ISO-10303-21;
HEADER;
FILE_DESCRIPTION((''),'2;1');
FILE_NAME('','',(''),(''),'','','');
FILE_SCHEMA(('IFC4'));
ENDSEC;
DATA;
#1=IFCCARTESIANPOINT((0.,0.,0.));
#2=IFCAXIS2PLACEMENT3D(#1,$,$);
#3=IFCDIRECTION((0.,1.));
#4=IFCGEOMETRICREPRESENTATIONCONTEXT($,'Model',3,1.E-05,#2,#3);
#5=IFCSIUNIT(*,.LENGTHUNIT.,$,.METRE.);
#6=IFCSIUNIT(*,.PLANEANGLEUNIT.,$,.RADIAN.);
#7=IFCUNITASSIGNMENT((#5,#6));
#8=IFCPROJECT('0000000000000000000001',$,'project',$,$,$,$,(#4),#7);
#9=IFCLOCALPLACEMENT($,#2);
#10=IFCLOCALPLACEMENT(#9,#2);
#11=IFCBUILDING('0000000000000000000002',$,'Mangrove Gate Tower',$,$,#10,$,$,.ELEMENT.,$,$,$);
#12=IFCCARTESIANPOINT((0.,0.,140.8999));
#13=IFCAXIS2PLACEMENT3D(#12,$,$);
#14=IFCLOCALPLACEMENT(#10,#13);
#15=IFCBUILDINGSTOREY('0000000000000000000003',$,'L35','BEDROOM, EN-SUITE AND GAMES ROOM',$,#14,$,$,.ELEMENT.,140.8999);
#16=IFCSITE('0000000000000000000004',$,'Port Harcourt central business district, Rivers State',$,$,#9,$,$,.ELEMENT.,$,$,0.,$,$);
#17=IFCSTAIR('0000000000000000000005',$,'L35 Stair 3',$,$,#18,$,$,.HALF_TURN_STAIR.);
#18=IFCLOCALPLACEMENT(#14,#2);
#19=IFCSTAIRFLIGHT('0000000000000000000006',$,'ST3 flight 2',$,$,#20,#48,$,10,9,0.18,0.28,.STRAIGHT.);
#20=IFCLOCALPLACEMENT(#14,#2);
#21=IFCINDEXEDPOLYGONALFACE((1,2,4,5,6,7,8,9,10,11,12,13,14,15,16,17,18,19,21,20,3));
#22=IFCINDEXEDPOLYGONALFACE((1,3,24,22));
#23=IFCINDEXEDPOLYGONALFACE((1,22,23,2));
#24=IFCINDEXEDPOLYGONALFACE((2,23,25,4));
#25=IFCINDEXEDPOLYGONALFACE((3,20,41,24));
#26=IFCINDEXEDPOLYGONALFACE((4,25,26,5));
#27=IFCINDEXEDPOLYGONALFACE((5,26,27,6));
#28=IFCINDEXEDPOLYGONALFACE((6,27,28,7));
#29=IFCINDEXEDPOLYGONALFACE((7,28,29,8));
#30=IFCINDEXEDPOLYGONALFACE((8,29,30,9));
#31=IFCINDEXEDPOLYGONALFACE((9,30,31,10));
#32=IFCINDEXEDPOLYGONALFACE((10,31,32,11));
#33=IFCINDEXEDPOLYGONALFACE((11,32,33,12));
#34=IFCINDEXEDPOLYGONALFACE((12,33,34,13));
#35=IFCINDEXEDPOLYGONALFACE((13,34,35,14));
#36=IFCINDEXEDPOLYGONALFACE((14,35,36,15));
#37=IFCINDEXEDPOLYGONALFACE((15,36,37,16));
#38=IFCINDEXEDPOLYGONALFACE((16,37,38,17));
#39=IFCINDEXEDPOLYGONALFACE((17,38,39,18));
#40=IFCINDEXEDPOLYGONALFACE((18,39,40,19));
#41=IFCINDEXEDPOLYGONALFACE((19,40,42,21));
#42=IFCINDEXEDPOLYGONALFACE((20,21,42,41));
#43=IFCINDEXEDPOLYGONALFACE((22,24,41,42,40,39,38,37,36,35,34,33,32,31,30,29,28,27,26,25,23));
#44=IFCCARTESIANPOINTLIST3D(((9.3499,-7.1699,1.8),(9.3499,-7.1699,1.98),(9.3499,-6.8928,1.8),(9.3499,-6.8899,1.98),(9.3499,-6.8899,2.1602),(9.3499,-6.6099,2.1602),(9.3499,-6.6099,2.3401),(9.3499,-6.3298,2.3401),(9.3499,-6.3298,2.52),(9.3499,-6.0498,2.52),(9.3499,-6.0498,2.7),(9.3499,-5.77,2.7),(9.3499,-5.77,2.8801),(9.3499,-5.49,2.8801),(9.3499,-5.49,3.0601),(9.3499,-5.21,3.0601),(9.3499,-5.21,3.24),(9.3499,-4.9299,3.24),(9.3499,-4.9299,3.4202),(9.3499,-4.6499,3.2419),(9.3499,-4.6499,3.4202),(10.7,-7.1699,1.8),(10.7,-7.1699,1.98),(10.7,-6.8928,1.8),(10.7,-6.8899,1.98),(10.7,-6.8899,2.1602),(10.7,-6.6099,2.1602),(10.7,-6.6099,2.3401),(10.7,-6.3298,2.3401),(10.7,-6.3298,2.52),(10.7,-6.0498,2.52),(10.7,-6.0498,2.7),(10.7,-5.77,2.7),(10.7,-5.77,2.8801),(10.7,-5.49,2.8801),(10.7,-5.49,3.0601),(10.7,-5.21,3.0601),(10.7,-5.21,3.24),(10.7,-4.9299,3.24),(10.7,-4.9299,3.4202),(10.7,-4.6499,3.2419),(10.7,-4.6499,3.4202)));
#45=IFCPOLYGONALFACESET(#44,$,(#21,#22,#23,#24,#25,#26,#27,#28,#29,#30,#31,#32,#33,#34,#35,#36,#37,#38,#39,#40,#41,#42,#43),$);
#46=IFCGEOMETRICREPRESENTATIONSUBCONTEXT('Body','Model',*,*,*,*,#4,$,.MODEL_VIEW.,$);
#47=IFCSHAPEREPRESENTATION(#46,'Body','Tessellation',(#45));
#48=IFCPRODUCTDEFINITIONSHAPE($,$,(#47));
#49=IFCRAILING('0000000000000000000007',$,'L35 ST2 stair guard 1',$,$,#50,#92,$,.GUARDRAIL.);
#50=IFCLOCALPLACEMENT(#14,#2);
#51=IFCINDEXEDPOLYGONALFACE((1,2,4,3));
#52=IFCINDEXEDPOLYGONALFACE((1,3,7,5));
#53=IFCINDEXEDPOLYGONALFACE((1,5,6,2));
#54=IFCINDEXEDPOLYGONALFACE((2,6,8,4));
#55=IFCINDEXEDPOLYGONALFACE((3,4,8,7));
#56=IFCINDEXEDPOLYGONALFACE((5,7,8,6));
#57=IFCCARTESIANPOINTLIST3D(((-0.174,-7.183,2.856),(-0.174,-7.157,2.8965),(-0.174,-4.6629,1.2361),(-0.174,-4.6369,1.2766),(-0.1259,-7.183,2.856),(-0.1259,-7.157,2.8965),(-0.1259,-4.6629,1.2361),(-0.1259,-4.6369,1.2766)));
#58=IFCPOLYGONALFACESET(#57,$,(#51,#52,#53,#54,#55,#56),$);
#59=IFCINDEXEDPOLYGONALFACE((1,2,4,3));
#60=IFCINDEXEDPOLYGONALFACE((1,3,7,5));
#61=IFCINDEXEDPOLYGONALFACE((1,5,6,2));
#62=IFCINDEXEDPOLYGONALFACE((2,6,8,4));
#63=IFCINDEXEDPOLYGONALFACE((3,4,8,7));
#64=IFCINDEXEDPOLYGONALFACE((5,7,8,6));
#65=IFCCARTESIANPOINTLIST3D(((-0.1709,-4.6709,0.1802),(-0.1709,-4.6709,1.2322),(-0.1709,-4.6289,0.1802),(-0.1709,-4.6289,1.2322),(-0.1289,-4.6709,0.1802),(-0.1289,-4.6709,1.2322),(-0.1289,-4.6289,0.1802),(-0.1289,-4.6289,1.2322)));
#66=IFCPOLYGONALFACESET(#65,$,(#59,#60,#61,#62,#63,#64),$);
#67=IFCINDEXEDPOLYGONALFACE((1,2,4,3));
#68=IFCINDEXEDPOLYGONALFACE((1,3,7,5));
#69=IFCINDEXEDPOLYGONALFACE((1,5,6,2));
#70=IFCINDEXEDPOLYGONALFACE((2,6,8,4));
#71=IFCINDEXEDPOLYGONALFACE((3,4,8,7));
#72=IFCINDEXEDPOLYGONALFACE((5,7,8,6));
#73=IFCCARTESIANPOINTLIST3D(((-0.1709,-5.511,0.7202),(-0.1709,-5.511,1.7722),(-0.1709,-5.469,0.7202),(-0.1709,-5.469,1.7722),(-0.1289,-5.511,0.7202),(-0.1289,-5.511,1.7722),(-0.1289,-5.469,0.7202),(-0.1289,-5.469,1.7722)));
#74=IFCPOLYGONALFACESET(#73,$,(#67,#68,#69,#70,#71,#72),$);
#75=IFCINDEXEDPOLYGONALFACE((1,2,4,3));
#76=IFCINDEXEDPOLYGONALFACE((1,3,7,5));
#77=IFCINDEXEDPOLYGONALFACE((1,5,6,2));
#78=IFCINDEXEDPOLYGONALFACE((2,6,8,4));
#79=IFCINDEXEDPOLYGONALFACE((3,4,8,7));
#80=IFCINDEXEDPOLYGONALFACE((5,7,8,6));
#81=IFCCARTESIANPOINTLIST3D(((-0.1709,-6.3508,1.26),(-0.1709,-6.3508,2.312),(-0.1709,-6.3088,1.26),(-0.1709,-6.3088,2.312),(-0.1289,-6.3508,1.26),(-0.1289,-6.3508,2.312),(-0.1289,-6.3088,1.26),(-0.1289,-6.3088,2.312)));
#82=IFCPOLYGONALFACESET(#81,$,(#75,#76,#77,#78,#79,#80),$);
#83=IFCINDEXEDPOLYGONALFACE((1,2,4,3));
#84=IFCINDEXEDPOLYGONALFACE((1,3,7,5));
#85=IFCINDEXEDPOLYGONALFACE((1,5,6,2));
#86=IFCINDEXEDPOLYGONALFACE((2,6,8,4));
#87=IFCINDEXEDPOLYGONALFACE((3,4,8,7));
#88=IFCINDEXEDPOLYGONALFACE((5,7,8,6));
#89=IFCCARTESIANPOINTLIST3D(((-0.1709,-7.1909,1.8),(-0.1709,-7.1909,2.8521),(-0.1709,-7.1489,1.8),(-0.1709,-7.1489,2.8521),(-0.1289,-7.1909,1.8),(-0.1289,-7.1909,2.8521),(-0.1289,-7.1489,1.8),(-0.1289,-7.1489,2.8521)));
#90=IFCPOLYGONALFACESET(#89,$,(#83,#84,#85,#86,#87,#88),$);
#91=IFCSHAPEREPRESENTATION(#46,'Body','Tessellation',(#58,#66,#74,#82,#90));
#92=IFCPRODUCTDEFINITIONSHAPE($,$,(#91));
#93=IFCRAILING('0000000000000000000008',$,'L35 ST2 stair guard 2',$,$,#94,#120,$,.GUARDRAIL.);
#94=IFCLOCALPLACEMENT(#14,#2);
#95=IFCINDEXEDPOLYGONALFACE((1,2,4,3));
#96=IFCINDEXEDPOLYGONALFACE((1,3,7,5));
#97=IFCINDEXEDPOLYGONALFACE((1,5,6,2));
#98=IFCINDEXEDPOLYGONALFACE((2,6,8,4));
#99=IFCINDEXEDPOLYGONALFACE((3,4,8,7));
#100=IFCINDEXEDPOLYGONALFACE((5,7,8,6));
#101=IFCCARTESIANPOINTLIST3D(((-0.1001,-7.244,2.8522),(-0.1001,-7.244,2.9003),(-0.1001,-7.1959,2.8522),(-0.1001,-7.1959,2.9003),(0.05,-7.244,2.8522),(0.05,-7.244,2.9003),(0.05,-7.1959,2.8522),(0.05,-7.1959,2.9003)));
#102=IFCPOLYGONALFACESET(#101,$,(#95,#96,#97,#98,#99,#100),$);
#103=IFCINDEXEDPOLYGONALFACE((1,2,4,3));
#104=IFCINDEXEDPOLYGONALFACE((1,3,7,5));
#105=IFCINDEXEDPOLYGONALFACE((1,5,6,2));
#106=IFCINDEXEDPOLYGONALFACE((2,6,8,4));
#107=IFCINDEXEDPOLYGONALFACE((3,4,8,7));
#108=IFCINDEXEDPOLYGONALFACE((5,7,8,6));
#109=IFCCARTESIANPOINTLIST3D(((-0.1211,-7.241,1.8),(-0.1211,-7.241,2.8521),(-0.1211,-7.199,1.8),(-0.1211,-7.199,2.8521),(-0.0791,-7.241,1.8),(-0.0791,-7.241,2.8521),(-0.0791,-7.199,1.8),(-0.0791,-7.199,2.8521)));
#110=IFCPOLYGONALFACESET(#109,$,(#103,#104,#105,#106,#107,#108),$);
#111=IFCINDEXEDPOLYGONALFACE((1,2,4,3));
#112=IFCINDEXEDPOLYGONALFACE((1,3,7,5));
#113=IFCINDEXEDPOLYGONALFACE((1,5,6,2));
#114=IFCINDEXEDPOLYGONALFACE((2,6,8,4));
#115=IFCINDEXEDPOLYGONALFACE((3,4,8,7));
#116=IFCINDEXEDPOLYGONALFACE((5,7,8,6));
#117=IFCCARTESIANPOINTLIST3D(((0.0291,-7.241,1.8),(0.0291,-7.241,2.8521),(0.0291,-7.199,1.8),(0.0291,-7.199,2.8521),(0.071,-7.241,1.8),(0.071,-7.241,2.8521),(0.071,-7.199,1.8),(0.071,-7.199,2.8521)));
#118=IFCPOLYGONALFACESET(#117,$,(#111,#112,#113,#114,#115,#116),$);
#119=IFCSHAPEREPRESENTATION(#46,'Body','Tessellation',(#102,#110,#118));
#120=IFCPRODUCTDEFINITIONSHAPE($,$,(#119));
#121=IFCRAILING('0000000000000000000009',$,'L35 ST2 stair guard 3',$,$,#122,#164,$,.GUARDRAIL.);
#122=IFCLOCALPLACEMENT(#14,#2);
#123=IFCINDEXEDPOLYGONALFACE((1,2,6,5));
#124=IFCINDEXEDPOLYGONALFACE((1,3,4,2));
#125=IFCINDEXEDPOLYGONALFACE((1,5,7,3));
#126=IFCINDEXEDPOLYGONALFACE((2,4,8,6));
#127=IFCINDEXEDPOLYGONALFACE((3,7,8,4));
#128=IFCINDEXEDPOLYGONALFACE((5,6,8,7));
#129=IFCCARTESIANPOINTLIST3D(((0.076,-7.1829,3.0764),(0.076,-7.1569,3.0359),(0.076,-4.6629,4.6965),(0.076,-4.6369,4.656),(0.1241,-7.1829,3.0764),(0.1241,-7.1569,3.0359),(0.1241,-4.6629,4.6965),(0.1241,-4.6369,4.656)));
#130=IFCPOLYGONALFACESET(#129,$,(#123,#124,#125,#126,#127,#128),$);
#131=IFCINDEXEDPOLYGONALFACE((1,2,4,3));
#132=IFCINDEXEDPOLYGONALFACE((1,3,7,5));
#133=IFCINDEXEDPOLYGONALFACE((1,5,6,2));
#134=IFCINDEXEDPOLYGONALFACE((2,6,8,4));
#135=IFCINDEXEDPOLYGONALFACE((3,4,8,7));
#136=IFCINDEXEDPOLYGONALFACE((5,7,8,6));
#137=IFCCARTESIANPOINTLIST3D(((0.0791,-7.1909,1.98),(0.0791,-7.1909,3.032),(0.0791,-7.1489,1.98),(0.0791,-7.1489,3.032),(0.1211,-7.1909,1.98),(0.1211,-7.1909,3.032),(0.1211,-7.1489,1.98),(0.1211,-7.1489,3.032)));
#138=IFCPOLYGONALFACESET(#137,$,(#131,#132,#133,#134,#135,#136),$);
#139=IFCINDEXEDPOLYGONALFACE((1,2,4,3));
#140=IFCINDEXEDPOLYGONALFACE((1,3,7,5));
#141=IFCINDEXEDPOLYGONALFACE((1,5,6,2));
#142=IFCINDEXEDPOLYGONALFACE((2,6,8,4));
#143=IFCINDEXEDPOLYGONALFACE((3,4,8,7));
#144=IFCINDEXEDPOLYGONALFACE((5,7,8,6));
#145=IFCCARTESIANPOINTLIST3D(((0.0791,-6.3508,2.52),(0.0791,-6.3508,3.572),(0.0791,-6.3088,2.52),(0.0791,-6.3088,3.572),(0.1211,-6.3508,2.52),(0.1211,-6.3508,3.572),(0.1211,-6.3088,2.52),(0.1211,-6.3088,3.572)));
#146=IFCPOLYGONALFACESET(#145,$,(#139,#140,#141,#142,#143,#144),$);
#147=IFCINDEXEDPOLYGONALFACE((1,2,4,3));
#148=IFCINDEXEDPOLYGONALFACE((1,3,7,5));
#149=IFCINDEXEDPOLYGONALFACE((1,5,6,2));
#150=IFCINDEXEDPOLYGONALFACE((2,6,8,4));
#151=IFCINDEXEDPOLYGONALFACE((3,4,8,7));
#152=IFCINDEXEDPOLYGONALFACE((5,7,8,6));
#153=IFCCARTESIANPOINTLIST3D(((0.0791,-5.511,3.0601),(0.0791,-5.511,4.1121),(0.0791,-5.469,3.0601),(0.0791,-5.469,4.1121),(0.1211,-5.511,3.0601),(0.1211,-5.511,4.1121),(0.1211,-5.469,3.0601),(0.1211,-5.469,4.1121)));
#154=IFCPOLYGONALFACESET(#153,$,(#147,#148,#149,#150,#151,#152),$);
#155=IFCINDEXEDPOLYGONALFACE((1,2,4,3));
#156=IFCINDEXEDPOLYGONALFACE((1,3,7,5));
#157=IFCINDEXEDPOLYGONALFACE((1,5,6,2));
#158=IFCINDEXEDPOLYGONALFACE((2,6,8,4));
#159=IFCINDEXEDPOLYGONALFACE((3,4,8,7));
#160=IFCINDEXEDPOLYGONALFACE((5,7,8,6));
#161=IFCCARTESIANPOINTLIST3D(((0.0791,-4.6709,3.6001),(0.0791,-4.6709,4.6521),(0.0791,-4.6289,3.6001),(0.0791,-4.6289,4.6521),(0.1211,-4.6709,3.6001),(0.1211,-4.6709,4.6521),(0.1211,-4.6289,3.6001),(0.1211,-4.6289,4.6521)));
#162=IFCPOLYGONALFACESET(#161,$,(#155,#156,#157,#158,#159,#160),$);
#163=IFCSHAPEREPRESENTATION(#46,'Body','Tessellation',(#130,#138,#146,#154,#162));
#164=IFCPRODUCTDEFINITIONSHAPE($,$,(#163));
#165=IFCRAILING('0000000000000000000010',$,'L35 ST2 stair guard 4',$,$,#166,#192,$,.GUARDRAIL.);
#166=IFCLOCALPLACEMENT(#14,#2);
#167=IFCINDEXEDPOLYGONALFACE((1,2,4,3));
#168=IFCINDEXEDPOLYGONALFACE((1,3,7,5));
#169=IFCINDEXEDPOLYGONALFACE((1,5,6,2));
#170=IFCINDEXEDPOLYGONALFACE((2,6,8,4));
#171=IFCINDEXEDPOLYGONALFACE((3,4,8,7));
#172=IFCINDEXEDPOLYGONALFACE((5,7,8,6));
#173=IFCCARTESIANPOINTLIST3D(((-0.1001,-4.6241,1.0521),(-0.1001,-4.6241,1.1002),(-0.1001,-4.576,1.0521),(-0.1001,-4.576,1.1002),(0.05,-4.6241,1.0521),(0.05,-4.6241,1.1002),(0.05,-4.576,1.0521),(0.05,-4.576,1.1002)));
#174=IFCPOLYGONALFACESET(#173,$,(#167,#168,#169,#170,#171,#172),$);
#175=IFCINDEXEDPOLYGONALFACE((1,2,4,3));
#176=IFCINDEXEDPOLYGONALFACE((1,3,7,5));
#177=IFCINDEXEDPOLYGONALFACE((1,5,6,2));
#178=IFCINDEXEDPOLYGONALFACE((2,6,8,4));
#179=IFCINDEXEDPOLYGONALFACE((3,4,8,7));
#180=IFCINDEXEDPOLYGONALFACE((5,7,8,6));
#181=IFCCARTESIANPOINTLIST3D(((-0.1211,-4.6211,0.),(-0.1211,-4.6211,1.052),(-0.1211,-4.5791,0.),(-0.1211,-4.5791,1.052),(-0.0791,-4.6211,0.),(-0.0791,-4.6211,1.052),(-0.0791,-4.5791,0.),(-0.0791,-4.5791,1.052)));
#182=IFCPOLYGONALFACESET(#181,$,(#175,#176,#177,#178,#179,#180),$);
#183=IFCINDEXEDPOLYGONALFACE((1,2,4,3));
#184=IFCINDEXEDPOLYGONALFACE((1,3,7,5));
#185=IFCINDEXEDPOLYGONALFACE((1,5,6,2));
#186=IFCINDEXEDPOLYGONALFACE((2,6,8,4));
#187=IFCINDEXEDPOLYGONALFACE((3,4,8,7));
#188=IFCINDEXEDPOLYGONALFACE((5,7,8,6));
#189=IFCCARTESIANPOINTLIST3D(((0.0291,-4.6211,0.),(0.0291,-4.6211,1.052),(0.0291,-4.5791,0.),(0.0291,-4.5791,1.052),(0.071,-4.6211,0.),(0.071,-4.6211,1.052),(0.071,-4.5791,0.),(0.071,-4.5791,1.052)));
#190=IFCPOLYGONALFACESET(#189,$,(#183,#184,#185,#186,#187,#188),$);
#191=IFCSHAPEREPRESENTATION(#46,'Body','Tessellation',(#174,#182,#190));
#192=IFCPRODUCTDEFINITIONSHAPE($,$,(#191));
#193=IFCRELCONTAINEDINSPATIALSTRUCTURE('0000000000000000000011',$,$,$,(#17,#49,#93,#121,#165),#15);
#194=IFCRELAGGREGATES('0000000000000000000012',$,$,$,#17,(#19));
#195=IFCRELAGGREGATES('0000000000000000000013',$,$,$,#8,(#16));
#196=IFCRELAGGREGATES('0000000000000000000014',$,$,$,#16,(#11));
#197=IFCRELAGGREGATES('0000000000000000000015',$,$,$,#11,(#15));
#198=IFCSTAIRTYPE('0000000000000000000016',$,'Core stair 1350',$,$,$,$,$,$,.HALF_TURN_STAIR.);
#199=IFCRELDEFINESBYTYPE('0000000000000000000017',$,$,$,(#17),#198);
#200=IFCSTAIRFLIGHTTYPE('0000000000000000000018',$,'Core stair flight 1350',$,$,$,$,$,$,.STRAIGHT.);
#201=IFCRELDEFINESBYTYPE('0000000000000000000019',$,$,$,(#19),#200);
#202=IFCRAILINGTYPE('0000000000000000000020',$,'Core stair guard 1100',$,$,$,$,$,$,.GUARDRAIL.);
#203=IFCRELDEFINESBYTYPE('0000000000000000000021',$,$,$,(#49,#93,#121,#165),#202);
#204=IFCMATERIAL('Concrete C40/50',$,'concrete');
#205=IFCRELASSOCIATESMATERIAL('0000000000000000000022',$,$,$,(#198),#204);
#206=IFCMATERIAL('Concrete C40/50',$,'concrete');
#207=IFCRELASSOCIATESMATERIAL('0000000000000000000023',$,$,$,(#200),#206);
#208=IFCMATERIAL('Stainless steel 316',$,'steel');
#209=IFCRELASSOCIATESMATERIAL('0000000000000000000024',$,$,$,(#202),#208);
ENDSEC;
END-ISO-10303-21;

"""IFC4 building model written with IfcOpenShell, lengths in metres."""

from ifc_helpers import new_model, si_unit, direction, frame, origin, origin_2d, place, context, subcontext, project, spatial, polyline, rectangle, outline, extrude, material, type_object, element, aggregate, save


model = new_model("IFC4")

# Units and contexts
model_context = context("Model", 3, precision=1e-05, world=origin(), true_north=direction((0.0, 1.0)))
body_context = subcontext(model_context, "Body", "Model", "MODEL_VIEW")
ifc_project = project(units=[si_unit("LENGTHUNIT", "METRE"), si_unit("PLANEANGLEUNIT", "RADIAN")], contexts=[model_context])

# Site, building, storey
site_placement = place(None, origin())
site = spatial("IfcSite", under=ifc_project, at=site_placement, Name="Port Harcourt central business district, Rivers State", CompositionType="ELEMENT", RefElevation=0.0)
building_placement = place(site_placement, origin())
building = spatial("IfcBuilding", under=site, at=building_placement, Name="Mangrove Gate Tower", CompositionType="ELEMENT")
storey_placement = place(building_placement, frame((0.0, 0.0, 140.8999)))
storey = spatial("IfcBuildingStorey", under=building, at=storey_placement, Name="L35", Description="BEDROOM, EN-SUITE AND GAMES ROOM", CompositionType="ELEMENT", Elevation=140.8999)

# Shared definitions
ifc_material_1 = material(Name="Concrete C40/50", Category="concrete")
stair_type = type_object("IfcStairType", Name="Core stair 1350", PredefinedType="HALF_TURN_STAIR", material=ifc_material_1)
ifc_material_2 = material(Name="Concrete C40/50", Category="concrete")
stair_flight_type = type_object("IfcStairFlightType", Name="Core stair flight 1350", PredefinedType="STRAIGHT", material=ifc_material_2)

# Stair, stair flight
stair_1_placement = place(storey_placement, origin())
stair_1 = element("IfcStair", 1, at=stair_1_placement, inside=storey, type_object=stair_type, Name="L35 Stair 3", PredefinedType="HALF_TURN_STAIR")
stair_flight_1_placement = place(storey_placement, frame((10.0249, -7.1699, 1.8), z_axis=(0.0, 0.0, 1.0), x_axis=(0.0, 1.0, 0.0)))
stair_flight_1 = element("IfcStairFlight", 2, at=stair_flight_1_placement, type_object=stair_flight_type, Name="ST3 flight 2", NumberOfRisers=10, NumberOfTreads=9, PredefinedType="STRAIGHT", RiserHeight=0.18, TreadLength=0.28, context=body_context, shape_type="SweptSolid", body=[
    extrude(outline(polyline([(0.0, 0.0), (0.0, 0.1799), (0.28, 0.1799), (0.28, 0.3601), (0.5601, 0.3601), (0.5601, 0.54), (0.8401, 0.54), (0.8401, 0.72), (1.1201, 0.72), (1.1201, 0.8999), (1.3999, 0.8999), (1.3999, 1.0801), (1.6799, 1.0801), (1.6799, 1.26), (1.96, 1.26), (1.96, 1.4399), (2.24, 1.4399), (2.24, 1.6201), (2.52, 1.6201), (2.52, 1.8), (2.52, 1.4419), (0.2771, 0.0), (0.0, 0.0)])), frame((0.0, 0.675, 0.0), z_axis=(0.0, -1.0, 0.0), x_axis=(1.0, 0.0, 0.0)), (0.0, 0.0, 1.0), 1.3501),
])
aggregate(stair_1, [stair_flight_1])

# Railings
ifc_material_3 = material(Name="Stainless steel 316", Category="steel")
railing_type_1 = type_object("IfcRailingType", Name="Core stair guard 1100", PredefinedType="GUARDRAIL", material=ifc_material_3)
railing_1_placement = place(storey_placement, frame((-0.1499, -4.6499, 0.1802)))
element("IfcRailing", 3, at=railing_1_placement, inside=storey, type_object=railing_type_1, Name="L35 ST2 stair guard 1", PredefinedType="GUARDRAIL", context=body_context, shape_type="SweptSolid", body=[
    extrude(rectangle(XDim=0.0481, YDim=0.0481, at=origin_2d()), frame((0.0, 0.0, 1.0762), z_axis=(0.0, -0.8412, 0.540725), x_axis=(1.0, 0.0, 0.0)), (0.0, 0.0, 1.0), 2.9958),
    extrude(rectangle(XDim=0.042, YDim=0.042, at=origin_2d()), origin(), (0.0, 0.0, 1.0), 1.052),
    extrude(rectangle(XDim=0.042, YDim=0.042, at=origin_2d()), frame((0.0, -0.8401, 0.54)), (0.0, 0.0, 1.0), 1.052),
    extrude(rectangle(XDim=0.042, YDim=0.042, at=origin_2d()), frame((0.0, -1.6799, 1.0798)), (0.0, 0.0, 1.0), 1.052),
    extrude(rectangle(XDim=0.042, YDim=0.042, at=origin_2d()), frame((0.0, -2.52, 1.6199)), (0.0, 0.0, 1.0), 1.052),
])
railing_2_placement = place(storey_placement, frame((-0.1001, -7.22, 1.8)))
element("IfcRailing", 4, at=railing_2_placement, inside=storey, type_object=railing_type_1, Name="L35 ST2 stair guard 2", PredefinedType="GUARDRAIL", context=body_context, shape_type="SweptSolid", body=[
    extrude(rectangle(XDim=0.0481, YDim=0.0481, at=origin_2d()), frame((0.0, 0.0, 1.0762), z_axis=(1.0, 0.0, 0.0), x_axis=(0.0, 1.0, 0.0)), (0.0, 0.0, 1.0), 0.1501),
    extrude(rectangle(XDim=0.042, YDim=0.042, at=origin_2d()), origin(), (0.0, 0.0, 1.0), 1.052),
    extrude(rectangle(XDim=0.042, YDim=0.042, at=origin_2d()), frame((0.1501, 0.0, 0.0)), (0.0, 0.0, 1.0), 1.052),
])
railing_3_placement = place(storey_placement, frame((0.1001, -7.1699, 1.98)))
element("IfcRailing", 5, at=railing_3_placement, inside=storey, type_object=railing_type_1, Name="L35 ST2 stair guard 3", PredefinedType="GUARDRAIL", context=body_context, shape_type="SweptSolid", body=[
    extrude(rectangle(XDim=0.0481, YDim=0.0481, at=origin_2d()), frame((0.0, 0.0, 1.0762), z_axis=(0.0, 0.841163, 0.540782), x_axis=(-1.0, 0.0, 0.0)), (0.0, 0.0, 1.0), 2.9958),
    extrude(rectangle(XDim=0.042, YDim=0.042, at=origin_2d()), origin(), (0.0, 0.0, 1.0), 1.052),
    extrude(rectangle(XDim=0.042, YDim=0.042, at=origin_2d()), frame((0.0, 0.8401, 0.54)), (0.0, 0.0, 1.0), 1.052),
    extrude(rectangle(XDim=0.042, YDim=0.042, at=origin_2d()), frame((0.0, 1.6799, 1.0801)), (0.0, 0.0, 1.0), 1.052),
    extrude(rectangle(XDim=0.042, YDim=0.042, at=origin_2d()), frame((0.0, 2.52, 1.6201)), (0.0, 0.0, 1.0), 1.052),
])
railing_4_placement = place(storey_placement, frame((-0.1001, -4.6001, 0.0)))
element("IfcRailing", 6, at=railing_4_placement, inside=storey, type_object=railing_type_1, Name="L35 ST2 stair guard 4", PredefinedType="GUARDRAIL", context=body_context, shape_type="SweptSolid", body=[
    extrude(rectangle(XDim=0.0481, YDim=0.0481, at=origin_2d()), frame((0.0, 0.0, 1.0762), z_axis=(1.0, 0.0, 0.0), x_axis=(0.0, 1.0, 0.0)), (0.0, 0.0, 1.0), 0.1501),
    extrude(rectangle(XDim=0.042, YDim=0.042, at=origin_2d()), origin(), (0.0, 0.0, 1.0), 1.052),
    extrude(rectangle(XDim=0.042, YDim=0.042, at=origin_2d()), frame((0.1501, 0.0, 0.0)), (0.0, 0.0, 1.0), 1.052),
])

save(model, "model.ifc")
